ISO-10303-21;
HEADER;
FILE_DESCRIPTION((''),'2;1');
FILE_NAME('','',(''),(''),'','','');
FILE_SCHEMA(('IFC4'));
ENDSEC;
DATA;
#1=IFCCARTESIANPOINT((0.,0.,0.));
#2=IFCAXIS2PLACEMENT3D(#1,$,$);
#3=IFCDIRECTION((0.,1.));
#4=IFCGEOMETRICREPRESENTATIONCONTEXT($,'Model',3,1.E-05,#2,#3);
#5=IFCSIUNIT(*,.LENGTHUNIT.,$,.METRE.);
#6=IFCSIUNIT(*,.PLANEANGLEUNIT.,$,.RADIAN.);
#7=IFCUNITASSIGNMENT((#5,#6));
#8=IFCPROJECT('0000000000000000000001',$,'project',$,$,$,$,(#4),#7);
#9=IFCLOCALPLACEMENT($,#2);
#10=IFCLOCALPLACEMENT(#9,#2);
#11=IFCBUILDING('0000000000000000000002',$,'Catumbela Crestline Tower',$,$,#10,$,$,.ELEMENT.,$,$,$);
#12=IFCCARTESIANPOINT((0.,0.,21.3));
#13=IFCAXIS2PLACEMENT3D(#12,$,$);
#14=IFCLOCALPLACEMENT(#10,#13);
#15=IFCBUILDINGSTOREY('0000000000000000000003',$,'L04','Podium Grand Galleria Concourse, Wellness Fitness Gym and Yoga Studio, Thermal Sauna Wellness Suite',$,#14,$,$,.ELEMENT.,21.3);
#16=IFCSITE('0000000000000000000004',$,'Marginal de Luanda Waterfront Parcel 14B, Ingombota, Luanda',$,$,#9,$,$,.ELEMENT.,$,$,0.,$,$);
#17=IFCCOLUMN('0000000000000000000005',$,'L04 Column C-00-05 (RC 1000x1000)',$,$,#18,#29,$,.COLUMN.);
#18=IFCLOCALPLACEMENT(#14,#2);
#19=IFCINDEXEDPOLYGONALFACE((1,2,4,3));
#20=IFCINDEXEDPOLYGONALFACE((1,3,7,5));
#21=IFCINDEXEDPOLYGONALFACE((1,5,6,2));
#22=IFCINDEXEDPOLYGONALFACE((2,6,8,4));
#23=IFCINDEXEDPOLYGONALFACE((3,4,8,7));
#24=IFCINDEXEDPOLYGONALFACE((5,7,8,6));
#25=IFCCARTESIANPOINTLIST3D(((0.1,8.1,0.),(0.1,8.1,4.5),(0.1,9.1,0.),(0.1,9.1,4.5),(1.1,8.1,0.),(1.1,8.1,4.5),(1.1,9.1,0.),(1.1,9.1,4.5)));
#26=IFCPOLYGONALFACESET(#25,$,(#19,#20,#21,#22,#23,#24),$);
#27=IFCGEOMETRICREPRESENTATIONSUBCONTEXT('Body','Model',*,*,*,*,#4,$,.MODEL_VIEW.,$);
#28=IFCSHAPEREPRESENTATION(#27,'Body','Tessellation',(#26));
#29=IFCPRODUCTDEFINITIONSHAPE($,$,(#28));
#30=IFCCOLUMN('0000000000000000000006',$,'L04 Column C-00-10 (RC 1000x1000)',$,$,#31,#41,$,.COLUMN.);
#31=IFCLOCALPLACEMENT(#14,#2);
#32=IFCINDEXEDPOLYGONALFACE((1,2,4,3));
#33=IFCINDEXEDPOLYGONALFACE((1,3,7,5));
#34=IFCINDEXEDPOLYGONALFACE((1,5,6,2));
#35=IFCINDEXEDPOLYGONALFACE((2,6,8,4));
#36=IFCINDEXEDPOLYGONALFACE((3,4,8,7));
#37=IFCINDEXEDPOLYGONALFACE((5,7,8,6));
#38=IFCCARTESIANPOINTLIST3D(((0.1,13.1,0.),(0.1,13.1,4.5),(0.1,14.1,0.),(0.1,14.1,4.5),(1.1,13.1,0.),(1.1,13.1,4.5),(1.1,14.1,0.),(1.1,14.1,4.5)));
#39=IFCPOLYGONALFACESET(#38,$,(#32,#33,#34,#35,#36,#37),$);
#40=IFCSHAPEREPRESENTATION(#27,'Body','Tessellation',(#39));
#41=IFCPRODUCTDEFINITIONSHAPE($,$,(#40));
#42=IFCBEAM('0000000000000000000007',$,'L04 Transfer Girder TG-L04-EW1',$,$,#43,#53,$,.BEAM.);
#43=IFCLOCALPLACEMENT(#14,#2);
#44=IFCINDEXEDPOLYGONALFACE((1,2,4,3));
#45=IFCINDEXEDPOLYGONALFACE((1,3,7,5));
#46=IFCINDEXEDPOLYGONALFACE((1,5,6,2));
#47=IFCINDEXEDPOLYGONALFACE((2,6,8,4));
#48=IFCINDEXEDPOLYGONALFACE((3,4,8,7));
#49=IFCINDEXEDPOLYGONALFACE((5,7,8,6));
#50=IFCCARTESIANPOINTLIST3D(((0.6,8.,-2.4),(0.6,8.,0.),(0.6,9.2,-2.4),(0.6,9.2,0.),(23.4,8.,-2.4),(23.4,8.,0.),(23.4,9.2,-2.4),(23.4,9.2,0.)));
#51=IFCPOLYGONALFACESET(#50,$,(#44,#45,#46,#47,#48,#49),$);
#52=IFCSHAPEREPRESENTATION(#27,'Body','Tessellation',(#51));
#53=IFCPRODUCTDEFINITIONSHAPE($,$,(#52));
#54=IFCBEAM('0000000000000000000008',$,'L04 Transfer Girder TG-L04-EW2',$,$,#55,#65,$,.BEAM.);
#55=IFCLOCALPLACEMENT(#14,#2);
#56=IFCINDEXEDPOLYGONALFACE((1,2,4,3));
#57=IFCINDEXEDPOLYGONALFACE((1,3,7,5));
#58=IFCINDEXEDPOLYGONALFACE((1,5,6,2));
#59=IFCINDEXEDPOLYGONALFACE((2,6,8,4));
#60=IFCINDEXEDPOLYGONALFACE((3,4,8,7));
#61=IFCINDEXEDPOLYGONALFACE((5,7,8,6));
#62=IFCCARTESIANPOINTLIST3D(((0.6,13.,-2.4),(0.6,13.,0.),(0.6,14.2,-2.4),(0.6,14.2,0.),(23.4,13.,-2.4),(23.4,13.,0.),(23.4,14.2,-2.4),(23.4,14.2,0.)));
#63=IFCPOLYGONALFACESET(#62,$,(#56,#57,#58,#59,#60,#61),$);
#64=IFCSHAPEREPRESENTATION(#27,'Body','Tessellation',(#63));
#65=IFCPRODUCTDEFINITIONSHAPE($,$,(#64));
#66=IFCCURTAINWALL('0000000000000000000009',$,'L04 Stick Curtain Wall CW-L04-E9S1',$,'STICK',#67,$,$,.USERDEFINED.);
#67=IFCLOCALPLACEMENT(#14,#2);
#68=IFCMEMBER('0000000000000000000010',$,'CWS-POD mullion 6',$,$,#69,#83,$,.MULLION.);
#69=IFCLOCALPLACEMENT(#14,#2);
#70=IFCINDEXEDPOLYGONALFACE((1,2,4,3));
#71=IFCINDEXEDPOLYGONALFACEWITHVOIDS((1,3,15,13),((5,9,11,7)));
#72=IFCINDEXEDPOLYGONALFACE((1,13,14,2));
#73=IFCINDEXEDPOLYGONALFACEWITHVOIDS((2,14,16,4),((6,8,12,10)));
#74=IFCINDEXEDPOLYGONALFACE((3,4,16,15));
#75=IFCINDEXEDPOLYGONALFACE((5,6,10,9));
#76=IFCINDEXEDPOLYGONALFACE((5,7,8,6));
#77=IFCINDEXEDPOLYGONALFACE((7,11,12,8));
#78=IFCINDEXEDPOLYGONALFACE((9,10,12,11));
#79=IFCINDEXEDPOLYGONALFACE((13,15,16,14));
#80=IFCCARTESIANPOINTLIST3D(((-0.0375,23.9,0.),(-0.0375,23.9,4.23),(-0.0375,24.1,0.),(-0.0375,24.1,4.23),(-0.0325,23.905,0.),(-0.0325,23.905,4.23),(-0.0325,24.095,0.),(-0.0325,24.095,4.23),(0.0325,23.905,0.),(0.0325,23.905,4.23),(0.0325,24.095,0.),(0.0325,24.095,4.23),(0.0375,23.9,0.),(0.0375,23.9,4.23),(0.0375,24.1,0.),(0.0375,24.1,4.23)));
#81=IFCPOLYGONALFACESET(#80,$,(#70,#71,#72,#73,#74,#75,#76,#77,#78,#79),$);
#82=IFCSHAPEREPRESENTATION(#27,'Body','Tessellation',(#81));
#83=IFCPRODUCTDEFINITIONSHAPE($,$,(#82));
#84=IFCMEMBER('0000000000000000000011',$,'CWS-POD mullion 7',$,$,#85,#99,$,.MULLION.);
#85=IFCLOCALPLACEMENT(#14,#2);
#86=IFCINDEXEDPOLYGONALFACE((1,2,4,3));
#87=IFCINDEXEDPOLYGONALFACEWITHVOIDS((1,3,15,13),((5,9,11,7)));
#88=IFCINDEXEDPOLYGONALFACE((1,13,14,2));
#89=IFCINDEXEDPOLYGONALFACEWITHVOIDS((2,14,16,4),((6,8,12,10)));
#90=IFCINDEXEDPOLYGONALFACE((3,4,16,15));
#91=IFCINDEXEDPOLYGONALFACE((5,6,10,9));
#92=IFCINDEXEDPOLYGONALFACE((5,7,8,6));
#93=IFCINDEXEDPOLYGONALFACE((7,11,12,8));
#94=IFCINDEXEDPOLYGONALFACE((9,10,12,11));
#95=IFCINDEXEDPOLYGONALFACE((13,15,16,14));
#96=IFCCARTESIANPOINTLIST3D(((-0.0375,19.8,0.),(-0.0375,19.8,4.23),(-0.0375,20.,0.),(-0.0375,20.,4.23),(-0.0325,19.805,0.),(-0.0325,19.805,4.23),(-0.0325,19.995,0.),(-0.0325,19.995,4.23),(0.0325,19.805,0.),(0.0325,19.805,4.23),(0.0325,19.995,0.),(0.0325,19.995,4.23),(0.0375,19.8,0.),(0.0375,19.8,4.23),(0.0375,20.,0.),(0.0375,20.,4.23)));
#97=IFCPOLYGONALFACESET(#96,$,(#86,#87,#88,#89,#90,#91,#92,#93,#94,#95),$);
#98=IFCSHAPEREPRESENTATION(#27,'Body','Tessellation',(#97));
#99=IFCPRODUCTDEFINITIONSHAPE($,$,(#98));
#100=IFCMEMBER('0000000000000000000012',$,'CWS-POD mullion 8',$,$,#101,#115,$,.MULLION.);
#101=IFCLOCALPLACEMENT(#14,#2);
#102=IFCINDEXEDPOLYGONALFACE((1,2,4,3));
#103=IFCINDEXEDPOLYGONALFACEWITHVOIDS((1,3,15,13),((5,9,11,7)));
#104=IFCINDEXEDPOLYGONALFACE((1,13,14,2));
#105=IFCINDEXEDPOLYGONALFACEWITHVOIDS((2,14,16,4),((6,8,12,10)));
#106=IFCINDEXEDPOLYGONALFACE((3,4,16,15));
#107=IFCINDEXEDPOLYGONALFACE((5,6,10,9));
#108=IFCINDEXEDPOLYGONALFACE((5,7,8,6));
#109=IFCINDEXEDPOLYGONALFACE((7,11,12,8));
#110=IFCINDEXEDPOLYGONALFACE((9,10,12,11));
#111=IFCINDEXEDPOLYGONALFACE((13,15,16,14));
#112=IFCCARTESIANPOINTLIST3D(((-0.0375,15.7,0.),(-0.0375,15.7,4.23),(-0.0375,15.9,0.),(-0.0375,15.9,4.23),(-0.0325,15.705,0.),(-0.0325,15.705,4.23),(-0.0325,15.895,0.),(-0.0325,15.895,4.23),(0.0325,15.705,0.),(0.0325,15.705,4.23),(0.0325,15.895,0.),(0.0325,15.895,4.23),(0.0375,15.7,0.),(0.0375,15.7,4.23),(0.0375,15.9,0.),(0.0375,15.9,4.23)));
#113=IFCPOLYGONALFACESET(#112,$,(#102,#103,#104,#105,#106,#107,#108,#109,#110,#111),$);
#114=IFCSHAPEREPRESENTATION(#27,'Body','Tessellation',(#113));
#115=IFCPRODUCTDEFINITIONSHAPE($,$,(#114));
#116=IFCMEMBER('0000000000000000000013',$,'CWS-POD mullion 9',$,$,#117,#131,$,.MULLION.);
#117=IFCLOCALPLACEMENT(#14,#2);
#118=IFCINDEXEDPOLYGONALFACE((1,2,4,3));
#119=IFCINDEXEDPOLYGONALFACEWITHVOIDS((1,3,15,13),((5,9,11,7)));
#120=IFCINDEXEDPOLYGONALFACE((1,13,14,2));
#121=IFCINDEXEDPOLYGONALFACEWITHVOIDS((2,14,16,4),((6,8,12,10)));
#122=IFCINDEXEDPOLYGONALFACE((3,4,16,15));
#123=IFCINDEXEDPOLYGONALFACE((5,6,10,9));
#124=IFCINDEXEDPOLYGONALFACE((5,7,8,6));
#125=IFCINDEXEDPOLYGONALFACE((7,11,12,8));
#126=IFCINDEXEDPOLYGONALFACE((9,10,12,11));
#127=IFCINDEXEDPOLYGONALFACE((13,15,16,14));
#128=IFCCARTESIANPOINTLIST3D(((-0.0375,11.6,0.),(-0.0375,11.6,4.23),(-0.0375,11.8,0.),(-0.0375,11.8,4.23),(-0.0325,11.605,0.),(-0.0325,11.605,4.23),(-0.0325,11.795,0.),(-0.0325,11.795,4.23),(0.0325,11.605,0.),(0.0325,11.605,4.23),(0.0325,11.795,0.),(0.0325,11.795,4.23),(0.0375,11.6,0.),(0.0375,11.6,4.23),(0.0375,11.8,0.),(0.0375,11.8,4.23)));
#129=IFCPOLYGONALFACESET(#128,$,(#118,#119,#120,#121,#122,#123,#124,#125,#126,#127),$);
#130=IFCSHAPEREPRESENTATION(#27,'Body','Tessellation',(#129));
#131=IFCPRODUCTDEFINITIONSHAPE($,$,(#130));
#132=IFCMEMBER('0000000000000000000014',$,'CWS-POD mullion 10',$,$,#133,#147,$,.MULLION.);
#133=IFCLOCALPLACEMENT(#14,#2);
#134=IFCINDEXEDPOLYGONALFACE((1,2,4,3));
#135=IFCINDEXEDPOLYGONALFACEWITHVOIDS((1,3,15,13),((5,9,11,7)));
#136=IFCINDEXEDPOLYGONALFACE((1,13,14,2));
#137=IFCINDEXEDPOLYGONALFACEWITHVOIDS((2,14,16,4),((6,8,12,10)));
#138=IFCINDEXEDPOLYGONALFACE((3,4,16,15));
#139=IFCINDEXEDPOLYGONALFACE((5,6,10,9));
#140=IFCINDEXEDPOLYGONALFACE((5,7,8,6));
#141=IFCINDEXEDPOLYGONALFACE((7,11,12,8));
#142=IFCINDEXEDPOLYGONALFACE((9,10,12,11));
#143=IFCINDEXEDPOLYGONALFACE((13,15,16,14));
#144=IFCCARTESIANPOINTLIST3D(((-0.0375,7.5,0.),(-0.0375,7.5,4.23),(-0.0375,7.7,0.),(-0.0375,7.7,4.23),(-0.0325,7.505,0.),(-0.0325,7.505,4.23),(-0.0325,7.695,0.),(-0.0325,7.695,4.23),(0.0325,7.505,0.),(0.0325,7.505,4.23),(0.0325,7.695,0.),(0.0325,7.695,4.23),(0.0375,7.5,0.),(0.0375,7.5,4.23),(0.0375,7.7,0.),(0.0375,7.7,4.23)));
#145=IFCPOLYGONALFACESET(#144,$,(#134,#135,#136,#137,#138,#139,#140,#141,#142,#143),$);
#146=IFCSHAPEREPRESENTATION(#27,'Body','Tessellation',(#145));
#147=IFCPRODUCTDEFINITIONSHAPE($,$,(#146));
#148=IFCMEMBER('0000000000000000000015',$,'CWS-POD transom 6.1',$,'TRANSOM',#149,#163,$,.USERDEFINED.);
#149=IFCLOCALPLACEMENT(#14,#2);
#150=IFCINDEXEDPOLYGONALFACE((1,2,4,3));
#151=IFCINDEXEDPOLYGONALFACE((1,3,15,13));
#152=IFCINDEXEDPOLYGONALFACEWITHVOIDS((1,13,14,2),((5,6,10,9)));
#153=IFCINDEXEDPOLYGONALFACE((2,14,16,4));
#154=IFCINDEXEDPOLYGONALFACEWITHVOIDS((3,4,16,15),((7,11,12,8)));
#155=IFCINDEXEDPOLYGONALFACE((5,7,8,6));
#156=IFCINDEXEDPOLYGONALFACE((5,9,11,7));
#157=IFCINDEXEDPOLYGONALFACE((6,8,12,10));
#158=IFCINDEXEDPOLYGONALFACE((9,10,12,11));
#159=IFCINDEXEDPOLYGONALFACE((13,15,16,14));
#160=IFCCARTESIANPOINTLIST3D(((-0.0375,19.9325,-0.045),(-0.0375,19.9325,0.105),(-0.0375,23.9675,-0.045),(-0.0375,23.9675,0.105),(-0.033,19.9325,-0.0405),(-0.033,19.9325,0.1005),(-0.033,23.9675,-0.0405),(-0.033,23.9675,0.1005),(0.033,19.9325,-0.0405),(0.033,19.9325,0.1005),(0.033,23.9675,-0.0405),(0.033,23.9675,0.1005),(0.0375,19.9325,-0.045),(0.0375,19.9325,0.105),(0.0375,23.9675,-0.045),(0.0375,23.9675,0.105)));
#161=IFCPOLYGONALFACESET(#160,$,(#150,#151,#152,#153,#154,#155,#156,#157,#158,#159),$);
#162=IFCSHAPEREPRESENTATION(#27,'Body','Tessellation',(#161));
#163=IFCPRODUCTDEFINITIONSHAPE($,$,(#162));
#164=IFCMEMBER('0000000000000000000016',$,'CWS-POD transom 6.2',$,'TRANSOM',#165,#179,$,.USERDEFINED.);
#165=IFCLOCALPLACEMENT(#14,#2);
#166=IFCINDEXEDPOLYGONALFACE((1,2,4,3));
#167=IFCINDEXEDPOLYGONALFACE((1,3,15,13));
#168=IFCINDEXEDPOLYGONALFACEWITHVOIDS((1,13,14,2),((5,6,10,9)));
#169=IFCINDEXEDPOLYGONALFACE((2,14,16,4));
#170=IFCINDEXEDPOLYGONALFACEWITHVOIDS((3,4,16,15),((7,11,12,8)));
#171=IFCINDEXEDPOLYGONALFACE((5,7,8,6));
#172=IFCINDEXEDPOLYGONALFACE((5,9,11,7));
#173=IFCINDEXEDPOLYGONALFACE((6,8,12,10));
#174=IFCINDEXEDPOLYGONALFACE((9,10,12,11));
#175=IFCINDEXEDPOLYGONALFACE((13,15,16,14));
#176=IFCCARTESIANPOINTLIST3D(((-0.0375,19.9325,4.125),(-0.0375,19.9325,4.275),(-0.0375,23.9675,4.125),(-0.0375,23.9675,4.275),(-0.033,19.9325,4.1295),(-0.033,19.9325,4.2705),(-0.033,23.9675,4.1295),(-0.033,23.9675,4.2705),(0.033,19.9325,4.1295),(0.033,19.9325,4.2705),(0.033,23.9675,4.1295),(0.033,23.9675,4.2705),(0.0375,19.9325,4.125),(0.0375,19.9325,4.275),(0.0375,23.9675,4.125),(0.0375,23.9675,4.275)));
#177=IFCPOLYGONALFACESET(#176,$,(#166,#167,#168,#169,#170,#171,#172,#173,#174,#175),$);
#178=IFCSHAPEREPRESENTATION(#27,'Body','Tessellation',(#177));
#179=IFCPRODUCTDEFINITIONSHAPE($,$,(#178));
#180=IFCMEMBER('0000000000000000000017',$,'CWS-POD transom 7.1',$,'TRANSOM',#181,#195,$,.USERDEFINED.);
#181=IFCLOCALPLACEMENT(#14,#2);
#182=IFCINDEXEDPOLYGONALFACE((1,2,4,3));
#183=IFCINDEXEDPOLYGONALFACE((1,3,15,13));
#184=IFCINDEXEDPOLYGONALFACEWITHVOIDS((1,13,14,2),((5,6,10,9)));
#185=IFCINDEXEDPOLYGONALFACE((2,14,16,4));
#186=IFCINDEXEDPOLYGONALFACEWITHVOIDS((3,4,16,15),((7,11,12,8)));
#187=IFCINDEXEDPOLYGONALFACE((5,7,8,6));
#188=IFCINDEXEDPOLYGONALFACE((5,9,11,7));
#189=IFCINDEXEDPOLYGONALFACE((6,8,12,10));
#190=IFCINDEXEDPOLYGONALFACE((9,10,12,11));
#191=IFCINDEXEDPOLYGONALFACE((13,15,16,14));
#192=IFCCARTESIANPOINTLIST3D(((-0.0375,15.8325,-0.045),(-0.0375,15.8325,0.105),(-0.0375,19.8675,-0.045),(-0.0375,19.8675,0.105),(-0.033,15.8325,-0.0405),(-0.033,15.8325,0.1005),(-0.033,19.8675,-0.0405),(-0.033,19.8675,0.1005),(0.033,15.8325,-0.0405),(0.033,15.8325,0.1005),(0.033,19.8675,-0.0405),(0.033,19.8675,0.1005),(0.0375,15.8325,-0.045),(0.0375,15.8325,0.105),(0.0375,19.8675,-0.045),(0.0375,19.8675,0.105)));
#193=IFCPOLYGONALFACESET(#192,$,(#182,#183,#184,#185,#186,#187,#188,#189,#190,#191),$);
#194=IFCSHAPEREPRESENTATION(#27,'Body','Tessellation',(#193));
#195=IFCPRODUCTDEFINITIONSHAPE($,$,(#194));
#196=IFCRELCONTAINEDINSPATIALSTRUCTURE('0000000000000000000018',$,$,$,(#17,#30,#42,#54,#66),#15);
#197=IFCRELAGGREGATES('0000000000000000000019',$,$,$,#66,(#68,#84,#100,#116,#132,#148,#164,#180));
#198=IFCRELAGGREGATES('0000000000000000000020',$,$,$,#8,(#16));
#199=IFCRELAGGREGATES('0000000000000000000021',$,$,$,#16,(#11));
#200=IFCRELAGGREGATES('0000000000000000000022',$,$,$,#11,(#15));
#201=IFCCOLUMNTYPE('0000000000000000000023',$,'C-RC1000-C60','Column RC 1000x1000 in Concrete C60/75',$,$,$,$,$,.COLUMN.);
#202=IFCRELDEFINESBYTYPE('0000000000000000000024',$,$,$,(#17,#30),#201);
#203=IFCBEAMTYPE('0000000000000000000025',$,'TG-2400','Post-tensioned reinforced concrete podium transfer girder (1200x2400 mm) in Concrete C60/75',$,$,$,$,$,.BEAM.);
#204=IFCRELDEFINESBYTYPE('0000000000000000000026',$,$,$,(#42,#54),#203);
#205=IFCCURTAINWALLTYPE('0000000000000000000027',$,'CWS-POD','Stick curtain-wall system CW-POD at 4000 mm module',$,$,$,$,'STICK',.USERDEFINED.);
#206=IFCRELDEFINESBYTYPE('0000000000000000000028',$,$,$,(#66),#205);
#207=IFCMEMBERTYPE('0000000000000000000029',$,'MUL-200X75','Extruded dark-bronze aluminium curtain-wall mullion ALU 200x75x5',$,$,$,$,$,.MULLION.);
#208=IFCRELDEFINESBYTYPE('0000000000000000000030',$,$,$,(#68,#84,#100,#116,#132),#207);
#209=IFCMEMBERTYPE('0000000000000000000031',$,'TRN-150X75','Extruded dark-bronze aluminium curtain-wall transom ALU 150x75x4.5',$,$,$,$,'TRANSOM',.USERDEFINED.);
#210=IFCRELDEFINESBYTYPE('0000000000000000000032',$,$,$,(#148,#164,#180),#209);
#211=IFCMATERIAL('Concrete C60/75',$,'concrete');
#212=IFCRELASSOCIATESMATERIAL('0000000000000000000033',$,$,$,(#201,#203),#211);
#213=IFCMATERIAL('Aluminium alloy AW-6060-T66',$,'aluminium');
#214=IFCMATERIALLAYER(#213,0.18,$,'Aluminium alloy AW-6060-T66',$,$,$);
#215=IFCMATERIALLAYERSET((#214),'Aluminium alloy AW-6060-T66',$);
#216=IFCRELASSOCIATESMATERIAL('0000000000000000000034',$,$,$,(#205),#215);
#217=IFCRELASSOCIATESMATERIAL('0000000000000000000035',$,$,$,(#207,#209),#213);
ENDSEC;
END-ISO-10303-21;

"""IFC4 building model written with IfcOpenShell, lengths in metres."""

from ifc_helpers import new_model, si_unit, direction, frame, origin, origin_2d, place, context, subcontext, project, spatial, rectangle, hollow_rectangle, extrude, material, layer, layer_set, material_profile, profile_set, type_object, element, aggregate, save


model = new_model("IFC4")

# Units and contexts
model_context = context("Model", 3, precision=1e-05, world=origin(), true_north=direction((0.0, 1.0)))
body_context = subcontext(model_context, "Body", "Model", "MODEL_VIEW")
ifc_project = project(units=[si_unit("LENGTHUNIT", "METRE"), si_unit("PLANEANGLEUNIT", "RADIAN")], contexts=[model_context])

# Site, building, storey
site_placement = place(None, origin())
site = spatial("IfcSite", under=ifc_project, at=site_placement, Name="Marginal de Luanda Waterfront Parcel 14B, Ingombota, Luanda", CompositionType="ELEMENT", RefElevation=0.0)
building_placement = place(site_placement, origin())
building = spatial("IfcBuilding", under=site, at=building_placement, Name="Catumbela Crestline Tower", CompositionType="ELEMENT")
storey_placement = place(building_placement, frame((0.0, 0.0, 21.3)))
storey = spatial("IfcBuildingStorey", under=building, at=storey_placement, Name="L04", Description="Podium Grand Galleria Concourse, Wellness Fitness Gym and Yoga Studio, Thermal Sauna Wellness Suite", CompositionType="ELEMENT", Elevation=21.3)

# Columns
ifc_material_1 = material(Name="Concrete C60/75", Category="concrete")
ifc_material_profile_1 = material_profile(ifc_material_1, rectangle(XDim=1.0, YDim=1.0, at=origin_2d()), Name="RC 1000x1000")
ifc_profile_set_1 = profile_set([ifc_material_profile_1], Name="Concrete C60/75")
column_type = type_object("IfcColumnType", Name="C-RC1000-C60", Description="Column RC 1000x1000 in Concrete C60/75", PredefinedType="COLUMN", material=ifc_profile_set_1)
for number, where, z_axis, x_axis, name in (
    (1, (0.6, 8.6, 0.0), (0.0, 0.0, 1.0), (1.0, 0.0, 0.0), "L04 Column C-00-05 (RC 1000x1000)"),
    (2, (0.6, 13.6, 0.0), (0.0, 0.0, 1.0), (1.0, 0.0, 0.0), "L04 Column C-00-10 (RC 1000x1000)"),
):
    element("IfcColumn", number, at=place(storey_placement, frame(where, z_axis=z_axis, x_axis=x_axis)), inside=storey, type_object=column_type, Name=name, PredefinedType="COLUMN", context=body_context, shape_type="SweptSolid", body=[
        extrude(rectangle(XDim=1.0, YDim=1.0, at=origin_2d()), origin(), (0.0, 0.0, 1.0), 4.5),
    ])

# Beams
ifc_material_profile_2 = material_profile(ifc_material_1, rectangle(XDim=1.2, YDim=2.4, at=origin_2d()), Name="RC 1200x2400")
ifc_profile_set_2 = profile_set([ifc_material_profile_2], Name="Concrete C60/75")
beam_type = type_object("IfcBeamType", Name="TG-2400", Description="Post-tensioned reinforced concrete podium transfer girder (1200x2400 mm) in Concrete C60/75", PredefinedType="BEAM", material=ifc_profile_set_2)
for number, where, z_axis, x_axis, name in (
    (3, (0.6, 8.6, -1.2), (1.0, 0.0, 0.0), (0.0, 1.0, 0.0), "L04 Transfer Girder TG-L04-EW1"),
    (4, (0.6, 13.6, -1.2), (1.0, 0.0, 0.0), (0.0, 1.0, 0.0), "L04 Transfer Girder TG-L04-EW2"),
):
    element("IfcBeam", number, at=place(storey_placement, frame(where, z_axis=z_axis, x_axis=x_axis)), inside=storey, type_object=beam_type, Name=name, PredefinedType="BEAM", context=body_context, shape_type="SweptSolid", body=[
        extrude(rectangle(XDim=1.2, YDim=2.4, at=origin_2d()), origin(), (0.0, 0.0, 1.0), 22.8),
    ])

# Curtain wall, members
ifc_material_2 = material(Name="Aluminium alloy AW-6060-T66", Category="aluminium")
ifc_layer_1 = layer(ifc_material_2, 0.18, Name="Aluminium alloy AW-6060-T66")
ifc_layer_set_1 = layer_set([ifc_layer_1], Name="Aluminium alloy AW-6060-T66")
curtain_wall_type = type_object("IfcCurtainWallType", Name="CWS-POD", Description="Stick curtain-wall system CW-POD at 4000 mm module", ElementType="STICK", PredefinedType="USERDEFINED", material=ifc_layer_set_1)
curtain_wall_placement = place(storey_placement, origin())
curtain_wall = element("IfcCurtainWall", 5, at=curtain_wall_placement, inside=storey, type_object=curtain_wall_type, Name="L04 Stick Curtain Wall CW-L04-E9S1", ObjectType="STICK", PredefinedType="USERDEFINED")
ifc_material_profile_3 = material_profile(ifc_material_2, hollow_rectangle(XDim=0.075, YDim=0.2, WallThickness=0.005, at=origin_2d()), Name="ALU 200x75x5")
ifc_profile_set_3 = profile_set([ifc_material_profile_3], Name="Aluminium alloy AW-6060-T66")
member_type_1 = type_object("IfcMemberType", Name="MUL-200X75", Description="Extruded dark-bronze aluminium curtain-wall mullion ALU 200x75x5", PredefinedType="MULLION", material=ifc_profile_set_3)
member_1_placement = place(storey_placement, frame((0.0, 24.0, 0.0), z_axis=(0.0, 0.0, 1.0), x_axis=(1.0, 0.0, 0.0)))
member_1 = element("IfcMember", 6, at=member_1_placement, type_object=member_type_1, Name="CWS-POD mullion 6", PredefinedType="MULLION", context=body_context, shape_type="SweptSolid", body=[
    extrude(hollow_rectangle(XDim=0.075, YDim=0.2, WallThickness=0.005, at=origin_2d()), origin(), (0.0, 0.0, 1.0), 4.23),
])
member_2_placement = place(storey_placement, frame((0.0, 19.9, 0.0), z_axis=(0.0, 0.0, 1.0), x_axis=(1.0, 0.0, 0.0)))
member_2 = element("IfcMember", 7, at=member_2_placement, type_object=member_type_1, Name="CWS-POD mullion 7", PredefinedType="MULLION", context=body_context, shape_type="SweptSolid", body=[
    extrude(hollow_rectangle(XDim=0.075, YDim=0.2, WallThickness=0.005, at=origin_2d()), origin(), (0.0, 0.0, 1.0), 4.23),
])
member_3_placement = place(storey_placement, frame((0.0, 15.8, 0.0), z_axis=(0.0, 0.0, 1.0), x_axis=(1.0, 0.0, 0.0)))
member_3 = element("IfcMember", 8, at=member_3_placement, type_object=member_type_1, Name="CWS-POD mullion 8", PredefinedType="MULLION", context=body_context, shape_type="SweptSolid", body=[
    extrude(hollow_rectangle(XDim=0.075, YDim=0.2, WallThickness=0.005, at=origin_2d()), origin(), (0.0, 0.0, 1.0), 4.23),
])
member_4_placement = place(storey_placement, frame((0.0, 11.7, 0.0), z_axis=(0.0, 0.0, 1.0), x_axis=(1.0, 0.0, 0.0)))
member_4 = element("IfcMember", 9, at=member_4_placement, type_object=member_type_1, Name="CWS-POD mullion 9", PredefinedType="MULLION", context=body_context, shape_type="SweptSolid", body=[
    extrude(hollow_rectangle(XDim=0.075, YDim=0.2, WallThickness=0.005, at=origin_2d()), origin(), (0.0, 0.0, 1.0), 4.23),
])
member_5_placement = place(storey_placement, frame((0.0, 7.6, 0.0), z_axis=(0.0, 0.0, 1.0), x_axis=(1.0, 0.0, 0.0)))
member_5 = element("IfcMember", 10, at=member_5_placement, type_object=member_type_1, Name="CWS-POD mullion 10", PredefinedType="MULLION", context=body_context, shape_type="SweptSolid", body=[
    extrude(hollow_rectangle(XDim=0.075, YDim=0.2, WallThickness=0.005, at=origin_2d()), origin(), (0.0, 0.0, 1.0), 4.23),
])
ifc_material_profile_4 = material_profile(ifc_material_2, hollow_rectangle(XDim=0.075, YDim=0.15, WallThickness=0.0045, at=origin_2d()), Name="ALU 150x75x4.5")
ifc_profile_set_4 = profile_set([ifc_material_profile_4], Name="Aluminium alloy AW-6060-T66")
member_type_2 = type_object("IfcMemberType", Name="TRN-150X75", Description="Extruded dark-bronze aluminium curtain-wall transom ALU 150x75x4.5", ElementType="TRANSOM", PredefinedType="USERDEFINED", material=ifc_profile_set_4)
member_6_placement = place(storey_placement, frame((0.0, 23.9675, 0.03), z_axis=(0.0, -1.0, 0.0), x_axis=(1.0, 0.0, 0.0)))
member_6 = element("IfcMember", 11, at=member_6_placement, type_object=member_type_2, Name="CWS-POD transom 6.1", ObjectType="TRANSOM", PredefinedType="USERDEFINED", context=body_context, shape_type="SweptSolid", body=[
    extrude(hollow_rectangle(XDim=0.075, YDim=0.15, WallThickness=0.0045, at=origin_2d()), origin(), (0.0, 0.0, 1.0), 4.035),
])
member_7_placement = place(storey_placement, frame((0.0, 23.9675, 4.2), z_axis=(0.0, -1.0, 0.0), x_axis=(1.0, 0.0, 0.0)))
member_7 = element("IfcMember", 12, at=member_7_placement, type_object=member_type_2, Name="CWS-POD transom 6.2", ObjectType="TRANSOM", PredefinedType="USERDEFINED", context=body_context, shape_type="SweptSolid", body=[
    extrude(hollow_rectangle(XDim=0.075, YDim=0.15, WallThickness=0.0045, at=origin_2d()), origin(), (0.0, 0.0, 1.0), 4.035),
])
member_8_placement = place(storey_placement, frame((0.0, 19.8675, 0.03), z_axis=(0.0, -1.0, 0.0), x_axis=(1.0, 0.0, 0.0)))
member_8 = element("IfcMember", 13, at=member_8_placement, type_object=member_type_2, Name="CWS-POD transom 7.1", ObjectType="TRANSOM", PredefinedType="USERDEFINED", context=body_context, shape_type="SweptSolid", body=[
    extrude(hollow_rectangle(XDim=0.075, YDim=0.15, WallThickness=0.0045, at=origin_2d()), origin(), (0.0, 0.0, 1.0), 4.035),
])
aggregate(curtain_wall, [member_1, member_2, member_3, member_4, member_5, member_6, member_7, member_8])

save(model, "model.ifc")
